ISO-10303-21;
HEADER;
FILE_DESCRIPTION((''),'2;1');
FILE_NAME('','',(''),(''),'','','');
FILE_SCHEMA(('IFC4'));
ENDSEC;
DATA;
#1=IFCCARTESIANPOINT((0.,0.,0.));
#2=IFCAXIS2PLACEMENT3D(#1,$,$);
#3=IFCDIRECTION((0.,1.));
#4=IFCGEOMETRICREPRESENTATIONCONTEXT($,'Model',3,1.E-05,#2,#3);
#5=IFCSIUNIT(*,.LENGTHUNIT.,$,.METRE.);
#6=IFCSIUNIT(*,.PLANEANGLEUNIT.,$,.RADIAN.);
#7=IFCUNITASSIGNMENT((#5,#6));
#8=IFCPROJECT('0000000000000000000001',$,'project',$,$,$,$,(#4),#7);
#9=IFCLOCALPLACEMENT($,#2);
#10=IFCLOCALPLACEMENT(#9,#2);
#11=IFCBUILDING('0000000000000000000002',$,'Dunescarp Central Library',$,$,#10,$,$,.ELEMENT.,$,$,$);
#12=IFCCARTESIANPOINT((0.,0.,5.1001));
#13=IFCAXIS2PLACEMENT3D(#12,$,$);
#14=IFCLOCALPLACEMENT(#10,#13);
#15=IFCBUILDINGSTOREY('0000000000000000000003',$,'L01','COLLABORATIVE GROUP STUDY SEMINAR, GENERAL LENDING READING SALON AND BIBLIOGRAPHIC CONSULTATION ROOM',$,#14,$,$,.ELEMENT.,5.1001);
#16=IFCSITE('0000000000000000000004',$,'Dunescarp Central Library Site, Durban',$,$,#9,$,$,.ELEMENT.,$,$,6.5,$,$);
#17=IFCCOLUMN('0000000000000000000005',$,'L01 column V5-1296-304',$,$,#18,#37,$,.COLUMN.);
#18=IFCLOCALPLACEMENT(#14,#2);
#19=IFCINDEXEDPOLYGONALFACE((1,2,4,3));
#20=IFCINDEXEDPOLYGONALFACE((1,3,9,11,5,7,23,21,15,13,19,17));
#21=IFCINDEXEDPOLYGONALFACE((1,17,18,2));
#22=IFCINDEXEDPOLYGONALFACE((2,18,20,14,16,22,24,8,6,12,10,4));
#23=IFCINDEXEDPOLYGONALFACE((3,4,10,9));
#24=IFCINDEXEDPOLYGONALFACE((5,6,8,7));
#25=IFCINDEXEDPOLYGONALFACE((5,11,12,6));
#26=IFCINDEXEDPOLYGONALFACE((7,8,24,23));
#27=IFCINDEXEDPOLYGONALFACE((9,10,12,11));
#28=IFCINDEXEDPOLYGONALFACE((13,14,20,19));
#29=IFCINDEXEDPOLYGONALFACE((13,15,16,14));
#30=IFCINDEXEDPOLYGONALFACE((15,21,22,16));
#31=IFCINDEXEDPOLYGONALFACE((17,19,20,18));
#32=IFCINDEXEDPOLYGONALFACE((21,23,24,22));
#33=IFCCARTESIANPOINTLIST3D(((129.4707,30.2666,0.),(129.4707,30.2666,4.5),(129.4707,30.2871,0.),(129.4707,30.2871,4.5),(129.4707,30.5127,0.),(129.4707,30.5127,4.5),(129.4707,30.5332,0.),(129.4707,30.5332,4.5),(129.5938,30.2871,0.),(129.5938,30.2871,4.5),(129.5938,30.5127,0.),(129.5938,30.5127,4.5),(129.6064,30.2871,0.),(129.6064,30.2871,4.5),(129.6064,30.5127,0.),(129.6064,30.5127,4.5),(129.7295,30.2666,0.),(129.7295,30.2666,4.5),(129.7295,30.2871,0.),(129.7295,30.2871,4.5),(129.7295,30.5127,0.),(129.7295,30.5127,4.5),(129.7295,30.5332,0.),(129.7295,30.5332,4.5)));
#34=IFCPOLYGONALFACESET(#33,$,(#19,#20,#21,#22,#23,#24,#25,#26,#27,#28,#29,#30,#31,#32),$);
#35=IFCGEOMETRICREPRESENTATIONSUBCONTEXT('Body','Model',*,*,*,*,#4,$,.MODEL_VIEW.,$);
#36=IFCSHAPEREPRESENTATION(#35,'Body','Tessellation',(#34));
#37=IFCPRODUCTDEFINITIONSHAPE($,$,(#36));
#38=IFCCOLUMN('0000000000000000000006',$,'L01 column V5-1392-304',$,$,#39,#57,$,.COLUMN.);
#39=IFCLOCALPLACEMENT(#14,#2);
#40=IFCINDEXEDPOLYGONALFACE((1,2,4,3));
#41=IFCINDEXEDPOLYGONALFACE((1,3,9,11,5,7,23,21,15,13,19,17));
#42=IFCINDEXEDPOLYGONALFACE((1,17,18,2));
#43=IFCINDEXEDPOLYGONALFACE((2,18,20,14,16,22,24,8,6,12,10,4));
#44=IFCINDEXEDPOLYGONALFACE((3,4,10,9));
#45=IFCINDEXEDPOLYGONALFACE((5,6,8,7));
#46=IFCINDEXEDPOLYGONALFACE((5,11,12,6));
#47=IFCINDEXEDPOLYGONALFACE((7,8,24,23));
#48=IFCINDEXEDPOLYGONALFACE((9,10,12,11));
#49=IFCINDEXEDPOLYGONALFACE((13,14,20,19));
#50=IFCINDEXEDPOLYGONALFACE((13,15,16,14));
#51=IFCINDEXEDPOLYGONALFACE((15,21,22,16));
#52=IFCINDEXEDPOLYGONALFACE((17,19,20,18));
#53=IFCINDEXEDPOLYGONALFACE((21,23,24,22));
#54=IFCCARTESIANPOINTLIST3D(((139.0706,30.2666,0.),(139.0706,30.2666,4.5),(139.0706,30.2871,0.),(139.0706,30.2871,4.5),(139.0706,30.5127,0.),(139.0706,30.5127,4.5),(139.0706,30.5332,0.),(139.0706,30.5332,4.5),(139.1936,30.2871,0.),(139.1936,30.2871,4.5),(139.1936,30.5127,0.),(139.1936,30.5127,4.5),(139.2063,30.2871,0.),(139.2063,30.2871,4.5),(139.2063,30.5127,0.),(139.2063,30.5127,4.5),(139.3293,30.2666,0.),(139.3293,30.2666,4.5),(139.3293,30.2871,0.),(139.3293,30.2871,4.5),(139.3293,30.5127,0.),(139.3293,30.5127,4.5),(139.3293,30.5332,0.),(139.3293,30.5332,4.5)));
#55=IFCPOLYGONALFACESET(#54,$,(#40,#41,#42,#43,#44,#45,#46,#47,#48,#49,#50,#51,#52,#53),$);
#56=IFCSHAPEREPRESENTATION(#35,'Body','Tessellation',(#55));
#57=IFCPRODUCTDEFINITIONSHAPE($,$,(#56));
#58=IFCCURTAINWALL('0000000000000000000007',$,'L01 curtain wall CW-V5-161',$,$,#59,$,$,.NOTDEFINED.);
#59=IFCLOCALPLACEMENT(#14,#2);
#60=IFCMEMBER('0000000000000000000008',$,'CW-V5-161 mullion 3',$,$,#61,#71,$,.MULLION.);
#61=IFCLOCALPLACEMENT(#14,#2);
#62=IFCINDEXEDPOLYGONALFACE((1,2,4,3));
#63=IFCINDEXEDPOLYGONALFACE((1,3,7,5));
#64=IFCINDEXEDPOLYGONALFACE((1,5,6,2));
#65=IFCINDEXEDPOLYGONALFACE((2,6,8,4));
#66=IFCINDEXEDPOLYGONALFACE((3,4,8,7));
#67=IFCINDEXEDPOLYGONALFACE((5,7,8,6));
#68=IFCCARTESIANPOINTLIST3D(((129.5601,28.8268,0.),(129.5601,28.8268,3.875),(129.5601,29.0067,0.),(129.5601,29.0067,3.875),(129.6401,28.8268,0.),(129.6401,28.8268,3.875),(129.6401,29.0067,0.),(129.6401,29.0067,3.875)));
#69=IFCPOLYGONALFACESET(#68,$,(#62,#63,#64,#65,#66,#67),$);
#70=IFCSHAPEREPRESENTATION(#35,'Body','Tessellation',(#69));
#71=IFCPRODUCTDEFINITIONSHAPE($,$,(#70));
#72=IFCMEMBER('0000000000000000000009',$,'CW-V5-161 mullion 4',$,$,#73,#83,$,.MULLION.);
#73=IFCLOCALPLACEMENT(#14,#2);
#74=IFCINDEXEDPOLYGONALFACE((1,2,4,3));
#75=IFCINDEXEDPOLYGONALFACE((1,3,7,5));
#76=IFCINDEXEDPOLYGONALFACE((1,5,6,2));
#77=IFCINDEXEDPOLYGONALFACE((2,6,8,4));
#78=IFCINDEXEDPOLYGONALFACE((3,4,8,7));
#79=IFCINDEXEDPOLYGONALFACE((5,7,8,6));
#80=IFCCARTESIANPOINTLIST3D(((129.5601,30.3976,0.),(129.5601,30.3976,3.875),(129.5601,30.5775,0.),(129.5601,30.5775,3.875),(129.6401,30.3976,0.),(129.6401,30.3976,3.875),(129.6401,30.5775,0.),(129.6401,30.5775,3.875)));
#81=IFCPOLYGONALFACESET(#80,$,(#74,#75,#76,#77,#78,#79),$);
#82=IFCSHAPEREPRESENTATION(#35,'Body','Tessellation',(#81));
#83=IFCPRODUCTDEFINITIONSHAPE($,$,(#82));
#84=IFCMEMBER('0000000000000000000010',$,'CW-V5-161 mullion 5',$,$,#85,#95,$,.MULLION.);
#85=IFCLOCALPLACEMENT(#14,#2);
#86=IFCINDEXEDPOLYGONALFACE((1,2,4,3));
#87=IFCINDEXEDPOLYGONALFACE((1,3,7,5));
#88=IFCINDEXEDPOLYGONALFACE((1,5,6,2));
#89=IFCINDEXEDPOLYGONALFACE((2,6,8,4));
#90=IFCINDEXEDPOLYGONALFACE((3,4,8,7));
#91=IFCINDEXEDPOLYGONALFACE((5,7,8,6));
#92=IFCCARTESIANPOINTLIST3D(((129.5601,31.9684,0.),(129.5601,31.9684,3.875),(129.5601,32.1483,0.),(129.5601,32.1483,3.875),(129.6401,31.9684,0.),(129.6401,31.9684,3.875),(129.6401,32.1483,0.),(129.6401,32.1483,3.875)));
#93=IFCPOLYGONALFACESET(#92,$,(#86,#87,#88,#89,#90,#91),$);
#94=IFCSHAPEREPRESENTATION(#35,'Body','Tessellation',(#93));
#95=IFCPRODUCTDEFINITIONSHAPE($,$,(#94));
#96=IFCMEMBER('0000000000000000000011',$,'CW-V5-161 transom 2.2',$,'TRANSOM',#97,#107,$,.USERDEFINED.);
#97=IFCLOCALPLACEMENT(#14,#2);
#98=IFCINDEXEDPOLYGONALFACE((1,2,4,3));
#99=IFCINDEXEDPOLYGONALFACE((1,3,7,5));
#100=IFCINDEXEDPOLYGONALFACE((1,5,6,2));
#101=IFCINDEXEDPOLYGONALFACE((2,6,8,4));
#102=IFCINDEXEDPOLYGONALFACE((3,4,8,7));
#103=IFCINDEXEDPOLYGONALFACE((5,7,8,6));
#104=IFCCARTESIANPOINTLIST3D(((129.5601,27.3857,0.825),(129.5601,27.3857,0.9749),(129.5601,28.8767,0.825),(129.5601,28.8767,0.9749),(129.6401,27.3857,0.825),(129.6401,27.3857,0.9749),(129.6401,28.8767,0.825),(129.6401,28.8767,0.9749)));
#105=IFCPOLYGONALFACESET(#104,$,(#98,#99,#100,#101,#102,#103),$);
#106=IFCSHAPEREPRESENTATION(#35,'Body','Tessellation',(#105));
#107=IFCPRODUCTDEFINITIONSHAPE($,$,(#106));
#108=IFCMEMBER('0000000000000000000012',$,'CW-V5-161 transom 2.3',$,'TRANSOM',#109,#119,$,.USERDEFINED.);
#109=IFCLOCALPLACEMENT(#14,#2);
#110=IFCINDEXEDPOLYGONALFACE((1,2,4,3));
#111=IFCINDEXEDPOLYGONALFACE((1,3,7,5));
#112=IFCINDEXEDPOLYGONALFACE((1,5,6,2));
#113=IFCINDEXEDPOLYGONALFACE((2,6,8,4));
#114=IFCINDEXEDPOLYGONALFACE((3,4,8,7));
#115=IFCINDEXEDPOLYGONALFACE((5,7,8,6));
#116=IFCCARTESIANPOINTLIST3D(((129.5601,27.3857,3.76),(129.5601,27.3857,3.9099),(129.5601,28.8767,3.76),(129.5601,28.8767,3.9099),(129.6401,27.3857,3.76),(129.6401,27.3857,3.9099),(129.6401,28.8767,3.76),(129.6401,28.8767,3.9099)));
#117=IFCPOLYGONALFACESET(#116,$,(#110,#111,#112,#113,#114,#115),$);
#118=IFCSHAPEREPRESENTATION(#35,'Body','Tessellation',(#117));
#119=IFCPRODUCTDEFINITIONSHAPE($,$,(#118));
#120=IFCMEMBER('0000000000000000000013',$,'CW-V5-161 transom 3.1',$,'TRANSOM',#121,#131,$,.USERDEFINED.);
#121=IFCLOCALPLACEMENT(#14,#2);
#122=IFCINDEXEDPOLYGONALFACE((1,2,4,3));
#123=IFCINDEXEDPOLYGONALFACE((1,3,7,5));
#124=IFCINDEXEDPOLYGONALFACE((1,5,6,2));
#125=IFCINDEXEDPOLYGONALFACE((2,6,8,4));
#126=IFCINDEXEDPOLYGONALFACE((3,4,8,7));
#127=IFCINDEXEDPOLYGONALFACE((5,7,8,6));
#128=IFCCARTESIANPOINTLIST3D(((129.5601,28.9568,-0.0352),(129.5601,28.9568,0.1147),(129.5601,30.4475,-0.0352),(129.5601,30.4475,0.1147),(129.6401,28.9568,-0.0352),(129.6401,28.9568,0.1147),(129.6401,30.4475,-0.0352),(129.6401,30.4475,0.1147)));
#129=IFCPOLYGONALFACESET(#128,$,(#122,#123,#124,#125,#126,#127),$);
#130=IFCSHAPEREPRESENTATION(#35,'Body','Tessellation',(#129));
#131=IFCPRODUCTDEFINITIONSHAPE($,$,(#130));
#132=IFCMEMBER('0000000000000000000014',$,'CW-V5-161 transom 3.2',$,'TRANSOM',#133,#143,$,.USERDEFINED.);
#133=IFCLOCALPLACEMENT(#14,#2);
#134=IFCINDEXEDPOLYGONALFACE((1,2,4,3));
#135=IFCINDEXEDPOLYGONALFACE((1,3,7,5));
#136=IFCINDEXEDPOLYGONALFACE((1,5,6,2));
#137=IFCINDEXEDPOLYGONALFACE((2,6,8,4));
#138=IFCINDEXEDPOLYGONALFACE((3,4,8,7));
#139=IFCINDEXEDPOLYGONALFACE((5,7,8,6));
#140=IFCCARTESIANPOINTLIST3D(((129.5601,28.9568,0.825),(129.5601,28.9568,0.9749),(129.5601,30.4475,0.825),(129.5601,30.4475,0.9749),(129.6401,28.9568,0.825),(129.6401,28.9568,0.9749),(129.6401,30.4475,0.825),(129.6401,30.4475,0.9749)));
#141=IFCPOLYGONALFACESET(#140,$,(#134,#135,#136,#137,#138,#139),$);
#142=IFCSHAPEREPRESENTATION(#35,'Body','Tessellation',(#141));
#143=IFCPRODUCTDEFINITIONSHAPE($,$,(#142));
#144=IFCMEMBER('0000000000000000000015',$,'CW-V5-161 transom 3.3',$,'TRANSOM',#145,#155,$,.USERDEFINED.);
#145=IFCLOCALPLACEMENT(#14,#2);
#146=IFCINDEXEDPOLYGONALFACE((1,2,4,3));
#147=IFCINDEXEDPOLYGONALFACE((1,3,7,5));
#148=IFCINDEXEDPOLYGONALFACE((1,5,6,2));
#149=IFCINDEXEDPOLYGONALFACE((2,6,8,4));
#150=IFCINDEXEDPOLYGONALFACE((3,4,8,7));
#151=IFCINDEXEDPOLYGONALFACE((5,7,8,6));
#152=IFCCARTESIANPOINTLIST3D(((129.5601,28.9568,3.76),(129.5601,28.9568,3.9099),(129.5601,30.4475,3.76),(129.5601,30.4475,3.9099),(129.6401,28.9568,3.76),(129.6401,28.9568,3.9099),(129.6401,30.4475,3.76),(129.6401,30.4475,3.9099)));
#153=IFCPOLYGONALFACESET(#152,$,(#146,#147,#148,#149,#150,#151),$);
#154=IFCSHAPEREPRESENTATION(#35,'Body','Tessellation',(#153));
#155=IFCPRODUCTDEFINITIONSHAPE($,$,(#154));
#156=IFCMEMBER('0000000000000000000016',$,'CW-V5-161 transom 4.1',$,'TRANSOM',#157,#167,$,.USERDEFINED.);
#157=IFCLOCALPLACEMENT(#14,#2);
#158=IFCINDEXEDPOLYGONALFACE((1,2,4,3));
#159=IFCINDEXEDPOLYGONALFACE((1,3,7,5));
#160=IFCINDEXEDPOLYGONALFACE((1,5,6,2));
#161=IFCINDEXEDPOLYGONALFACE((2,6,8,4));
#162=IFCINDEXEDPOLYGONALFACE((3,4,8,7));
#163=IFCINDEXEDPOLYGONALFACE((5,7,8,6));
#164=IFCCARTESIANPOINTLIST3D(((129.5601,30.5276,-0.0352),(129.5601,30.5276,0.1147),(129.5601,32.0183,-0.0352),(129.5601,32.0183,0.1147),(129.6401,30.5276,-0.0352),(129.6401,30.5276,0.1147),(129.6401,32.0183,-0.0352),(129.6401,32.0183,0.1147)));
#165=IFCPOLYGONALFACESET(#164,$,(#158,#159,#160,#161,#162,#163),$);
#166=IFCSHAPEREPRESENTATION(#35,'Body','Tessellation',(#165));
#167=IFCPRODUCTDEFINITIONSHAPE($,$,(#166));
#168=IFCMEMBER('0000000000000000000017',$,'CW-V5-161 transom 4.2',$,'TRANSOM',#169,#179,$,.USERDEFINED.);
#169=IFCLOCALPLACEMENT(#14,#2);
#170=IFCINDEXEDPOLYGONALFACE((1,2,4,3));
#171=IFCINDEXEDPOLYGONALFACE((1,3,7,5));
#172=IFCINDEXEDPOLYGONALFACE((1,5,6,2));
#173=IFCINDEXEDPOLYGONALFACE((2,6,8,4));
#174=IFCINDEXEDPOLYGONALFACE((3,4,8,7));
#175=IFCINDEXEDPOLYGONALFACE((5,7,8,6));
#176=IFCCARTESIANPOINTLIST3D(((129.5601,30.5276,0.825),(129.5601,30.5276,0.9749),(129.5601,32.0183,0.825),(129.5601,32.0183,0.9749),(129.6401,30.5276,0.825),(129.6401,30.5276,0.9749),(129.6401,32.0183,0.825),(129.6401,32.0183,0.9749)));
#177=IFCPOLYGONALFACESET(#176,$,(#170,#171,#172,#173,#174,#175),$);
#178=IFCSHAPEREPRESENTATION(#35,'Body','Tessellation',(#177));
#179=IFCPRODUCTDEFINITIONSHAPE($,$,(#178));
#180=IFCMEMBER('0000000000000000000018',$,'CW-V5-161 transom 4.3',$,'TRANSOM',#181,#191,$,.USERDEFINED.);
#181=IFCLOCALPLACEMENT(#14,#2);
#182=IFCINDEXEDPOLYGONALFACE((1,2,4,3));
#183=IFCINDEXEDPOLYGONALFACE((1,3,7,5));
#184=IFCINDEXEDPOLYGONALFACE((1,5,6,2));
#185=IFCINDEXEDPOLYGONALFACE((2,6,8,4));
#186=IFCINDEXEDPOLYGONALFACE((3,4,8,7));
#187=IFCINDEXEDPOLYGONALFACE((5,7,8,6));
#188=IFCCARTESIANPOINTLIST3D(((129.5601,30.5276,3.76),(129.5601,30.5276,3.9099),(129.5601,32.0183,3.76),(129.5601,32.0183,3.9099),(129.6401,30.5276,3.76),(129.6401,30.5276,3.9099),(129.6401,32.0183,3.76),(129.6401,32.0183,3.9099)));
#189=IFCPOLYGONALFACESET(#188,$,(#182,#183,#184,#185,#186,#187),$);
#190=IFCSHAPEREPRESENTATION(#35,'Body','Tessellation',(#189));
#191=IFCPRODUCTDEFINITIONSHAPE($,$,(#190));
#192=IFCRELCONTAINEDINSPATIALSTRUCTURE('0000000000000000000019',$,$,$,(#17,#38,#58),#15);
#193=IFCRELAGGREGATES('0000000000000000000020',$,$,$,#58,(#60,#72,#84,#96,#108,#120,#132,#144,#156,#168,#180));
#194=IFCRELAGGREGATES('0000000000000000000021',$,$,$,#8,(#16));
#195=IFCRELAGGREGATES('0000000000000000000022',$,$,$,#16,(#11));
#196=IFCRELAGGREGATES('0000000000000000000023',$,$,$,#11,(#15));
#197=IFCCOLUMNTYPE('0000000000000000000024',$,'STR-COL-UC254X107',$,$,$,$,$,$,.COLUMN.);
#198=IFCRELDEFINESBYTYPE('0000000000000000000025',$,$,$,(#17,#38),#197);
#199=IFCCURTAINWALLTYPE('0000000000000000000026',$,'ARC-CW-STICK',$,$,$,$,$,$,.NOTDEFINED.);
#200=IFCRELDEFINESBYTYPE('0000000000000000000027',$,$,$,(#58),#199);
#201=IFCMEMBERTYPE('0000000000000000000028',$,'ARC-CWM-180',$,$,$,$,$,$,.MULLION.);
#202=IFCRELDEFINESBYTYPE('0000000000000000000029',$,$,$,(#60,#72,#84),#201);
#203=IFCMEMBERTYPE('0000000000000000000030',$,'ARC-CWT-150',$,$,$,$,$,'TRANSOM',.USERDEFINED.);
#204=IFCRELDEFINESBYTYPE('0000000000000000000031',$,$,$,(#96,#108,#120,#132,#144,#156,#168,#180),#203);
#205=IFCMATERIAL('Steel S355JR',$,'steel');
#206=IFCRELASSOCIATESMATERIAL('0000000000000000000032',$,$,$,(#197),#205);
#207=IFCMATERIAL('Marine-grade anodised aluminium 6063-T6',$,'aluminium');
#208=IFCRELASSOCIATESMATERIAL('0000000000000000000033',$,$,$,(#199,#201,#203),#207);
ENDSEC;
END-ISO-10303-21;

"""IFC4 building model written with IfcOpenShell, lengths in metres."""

from ifc_helpers import new_model, si_unit, direction, frame, origin, origin_2d, place, context, subcontext, project, spatial, rectangle, i_section, extrude, material, material_profile, profile_set, type_object, element, aggregate, save


model = new_model("IFC4")

# Units and contexts
model_context = context("Model", 3, precision=1e-05, world=origin(), true_north=direction((0.0, 1.0)))
body_context = subcontext(model_context, "Body", "Model", "MODEL_VIEW")
ifc_project = project(units=[si_unit("LENGTHUNIT", "METRE"), si_unit("PLANEANGLEUNIT", "RADIAN")], contexts=[model_context])

# Site, building, storey
site_placement = place(None, origin())
site = spatial("IfcSite", under=ifc_project, at=site_placement, Name="Dunescarp Central Library Site, Durban", CompositionType="ELEMENT", RefElevation=6.5)
building_placement = place(site_placement, origin())
building = spatial("IfcBuilding", under=site, at=building_placement, Name="Dunescarp Central Library", CompositionType="ELEMENT")
storey_placement = place(building_placement, frame((0.0, 0.0, 5.1001)))
storey = spatial("IfcBuildingStorey", under=building, at=storey_placement, Name="L01", Description="COLLABORATIVE GROUP STUDY SEMINAR, GENERAL LENDING READING SALON AND BIBLIOGRAPHIC CONSULTATION ROOM", CompositionType="ELEMENT", Elevation=5.1001)

# Columns
ifc_material_1 = material(Name="Steel S355JR", Category="steel")
ifc_material_profile_1 = material_profile(ifc_material_1, i_section(OverallWidth=0.2588, OverallDepth=0.2666, WebThickness=0.0127, FlangeThickness=0.0205, at=origin_2d()), Name="UC 254x254x107")
ifc_profile_set_1 = profile_set([ifc_material_profile_1], Name="Steel S355JR")
column_type = type_object("IfcColumnType", Name="STR-COL-UC254X107", PredefinedType="COLUMN", material=ifc_profile_set_1)
for number, where, z_axis, x_axis, name in (
    (1, (129.6001, 30.3999, 0.0), (0.0, 0.0, 1.0), (1.0, 0.0, 0.0), "L01 column V5-1296-304"),
    (2, (139.2, 30.3999, 0.0), (0.0, 0.0, 1.0), (1.0, 0.0, 0.0), "L01 column V5-1392-304"),
):
    element("IfcColumn", number, at=place(storey_placement, frame(where, z_axis=z_axis, x_axis=x_axis)), inside=storey, type_object=column_type, Name=name, PredefinedType="COLUMN", context=body_context, shape_type="SweptSolid", body=[
        extrude(i_section(OverallWidth=0.2588, OverallDepth=0.2666, WebThickness=0.0127, FlangeThickness=0.0205, at=origin_2d()), origin(), (0.0, 0.0, 1.0), 4.5),
    ])

# Curtain wall, members
ifc_material_2 = material(Name="Marine-grade anodised aluminium 6063-T6", Category="aluminium")
curtain_wall_type = type_object("IfcCurtainWallType", Name="ARC-CW-STICK", PredefinedType="NOTDEFINED", material=ifc_material_2)
curtain_wall_placement = place(storey_placement, origin())
curtain_wall = element("IfcCurtainWall", 3, at=curtain_wall_placement, inside=storey, type_object=curtain_wall_type, Name="L01 curtain wall CW-V5-161", PredefinedType="NOTDEFINED")
ifc_material_profile_2 = material_profile(ifc_material_2, rectangle(XDim=0.0801, YDim=0.1799, at=origin_2d()), Name="AL 80x180")
ifc_profile_set_2 = profile_set([ifc_material_profile_2], Name="Marine-grade anodised aluminium 6063-T6")
member_type_1 = type_object("IfcMemberType", Name="ARC-CWM-180", PredefinedType="MULLION", material=ifc_profile_set_2)
member_1_placement = place(storey_placement, frame((129.6001, 28.9167, 0.0), z_axis=(0.0, 0.0, 1.0), x_axis=(-1.0, 0.0, 0.0)))
member_1 = element("IfcMember", 4, at=member_1_placement, type_object=member_type_1, Name="CW-V5-161 mullion 3", PredefinedType="MULLION", context=body_context, shape_type="SweptSolid", body=[
    extrude(rectangle(XDim=0.0801, YDim=0.1799, at=origin_2d()), origin(), (0.0, 0.0, 1.0), 3.875),
])
member_2_placement = place(storey_placement, frame((129.6001, 30.4875, 0.0), z_axis=(0.0, 0.0, 1.0), x_axis=(-1.0, 0.0, 0.0)))
member_2 = element("IfcMember", 5, at=member_2_placement, type_object=member_type_1, Name="CW-V5-161 mullion 4", PredefinedType="MULLION", context=body_context, shape_type="SweptSolid", body=[
    extrude(rectangle(XDim=0.0801, YDim=0.1799, at=origin_2d()), origin(), (0.0, 0.0, 1.0), 3.875),
])
member_3_placement = place(storey_placement, frame((129.6001, 32.0583, 0.0), z_axis=(0.0, 0.0, 1.0), x_axis=(-1.0, 0.0, 0.0)))
member_3 = element("IfcMember", 6, at=member_3_placement, type_object=member_type_1, Name="CW-V5-161 mullion 5", PredefinedType="MULLION", context=body_context, shape_type="SweptSolid", body=[
    extrude(rectangle(XDim=0.0801, YDim=0.1799, at=origin_2d()), origin(), (0.0, 0.0, 1.0), 3.875),
])
ifc_material_profile_3 = material_profile(ifc_material_2, rectangle(XDim=0.0801, YDim=0.1499, at=origin_2d()), Name="AL 80x150")
ifc_profile_set_3 = profile_set([ifc_material_profile_3], Name="Marine-grade anodised aluminium 6063-T6")
member_type_2 = type_object("IfcMemberType", Name="ARC-CWT-150", ElementType="TRANSOM", PredefinedType="USERDEFINED", material=ifc_profile_set_3)
member_4_placement = place(storey_placement, frame((129.6001, 27.3857, 0.8999), z_axis=(0.0, 1.0, 0.0), x_axis=(-1.0, 0.0, 0.0)))
member_4 = element("IfcMember", 7, at=member_4_placement, type_object=member_type_2, Name="CW-V5-161 transom 2.2", ObjectType="TRANSOM", PredefinedType="USERDEFINED", context=body_context, shape_type="SweptSolid", body=[
    extrude(rectangle(XDim=0.0801, YDim=0.1499, at=origin_2d()), origin(), (0.0, 0.0, 1.0), 1.491),
])
member_5_placement = place(storey_placement, frame((129.6001, 27.3857, 3.835), z_axis=(0.0, 1.0, 0.0), x_axis=(-1.0, 0.0, 0.0)))
member_5 = element("IfcMember", 8, at=member_5_placement, type_object=member_type_2, Name="CW-V5-161 transom 2.3", ObjectType="TRANSOM", PredefinedType="USERDEFINED", context=body_context, shape_type="SweptSolid", body=[
    extrude(rectangle(XDim=0.0801, YDim=0.1499, at=origin_2d()), origin(), (0.0, 0.0, 1.0), 1.491),
])
member_6_placement = place(storey_placement, frame((129.6001, 28.9568, 0.0398), z_axis=(0.0, 1.0, 0.0), x_axis=(-1.0, 0.0, 0.0)))
member_6 = element("IfcMember", 9, at=member_6_placement, type_object=member_type_2, Name="CW-V5-161 transom 3.1", ObjectType="TRANSOM", PredefinedType="USERDEFINED", context=body_context, shape_type="SweptSolid", body=[
    extrude(rectangle(XDim=0.0801, YDim=0.1499, at=origin_2d()), origin(), (0.0, 0.0, 1.0), 1.4907),
])
member_7_placement = place(storey_placement, frame((129.6001, 28.9568, 0.8999), z_axis=(0.0, 1.0, 0.0), x_axis=(-1.0, 0.0, 0.0)))
member_7 = element("IfcMember", 10, at=member_7_placement, type_object=member_type_2, Name="CW-V5-161 transom 3.2", ObjectType="TRANSOM", PredefinedType="USERDEFINED", context=body_context, shape_type="SweptSolid", body=[
    extrude(rectangle(XDim=0.0801, YDim=0.1499, at=origin_2d()), origin(), (0.0, 0.0, 1.0), 1.4907),
])
member_8_placement = place(storey_placement, frame((129.6001, 28.9568, 3.835), z_axis=(0.0, 1.0, 0.0), x_axis=(-1.0, 0.0, 0.0)))
member_8 = element("IfcMember", 11, at=member_8_placement, type_object=member_type_2, Name="CW-V5-161 transom 3.3", ObjectType="TRANSOM", PredefinedType="USERDEFINED", context=body_context, shape_type="SweptSolid", body=[
    extrude(rectangle(XDim=0.0801, YDim=0.1499, at=origin_2d()), origin(), (0.0, 0.0, 1.0), 1.4907),
])
member_9_placement = place(storey_placement, frame((129.6001, 30.5276, 0.0398), z_axis=(0.0, 1.0, 0.0), x_axis=(-1.0, 0.0, 0.0)))
member_9 = element("IfcMember", 12, at=member_9_placement, type_object=member_type_2, Name="CW-V5-161 transom 4.1", ObjectType="TRANSOM", PredefinedType="USERDEFINED", context=body_context, shape_type="SweptSolid", body=[
    extrude(rectangle(XDim=0.0801, YDim=0.1499, at=origin_2d()), origin(), (0.0, 0.0, 1.0), 1.4907),
])
member_10_placement = place(storey_placement, frame((129.6001, 30.5276, 0.8999), z_axis=(0.0, 1.0, 0.0), x_axis=(-1.0, 0.0, 0.0)))
member_10 = element("IfcMember", 13, at=member_10_placement, type_object=member_type_2, Name="CW-V5-161 transom 4.2", ObjectType="TRANSOM", PredefinedType="USERDEFINED", context=body_context, shape_type="SweptSolid", body=[
    extrude(rectangle(XDim=0.0801, YDim=0.1499, at=origin_2d()), origin(), (0.0, 0.0, 1.0), 1.4907),
])
member_11_placement = place(storey_placement, frame((129.6001, 30.5276, 3.835), z_axis=(0.0, 1.0, 0.0), x_axis=(-1.0, 0.0, 0.0)))
member_11 = element("IfcMember", 14, at=member_11_placement, type_object=member_type_2, Name="CW-V5-161 transom 4.3", ObjectType="TRANSOM", PredefinedType="USERDEFINED", context=body_context, shape_type="SweptSolid", body=[
    extrude(rectangle(XDim=0.0801, YDim=0.1499, at=origin_2d()), origin(), (0.0, 0.0, 1.0), 1.4907),
])

aggregate(curtain_wall, [member_1, member_2, member_3, member_4, member_5, member_6, member_7, member_8, member_9, member_10, member_11])

save(model, "model.ifc")
